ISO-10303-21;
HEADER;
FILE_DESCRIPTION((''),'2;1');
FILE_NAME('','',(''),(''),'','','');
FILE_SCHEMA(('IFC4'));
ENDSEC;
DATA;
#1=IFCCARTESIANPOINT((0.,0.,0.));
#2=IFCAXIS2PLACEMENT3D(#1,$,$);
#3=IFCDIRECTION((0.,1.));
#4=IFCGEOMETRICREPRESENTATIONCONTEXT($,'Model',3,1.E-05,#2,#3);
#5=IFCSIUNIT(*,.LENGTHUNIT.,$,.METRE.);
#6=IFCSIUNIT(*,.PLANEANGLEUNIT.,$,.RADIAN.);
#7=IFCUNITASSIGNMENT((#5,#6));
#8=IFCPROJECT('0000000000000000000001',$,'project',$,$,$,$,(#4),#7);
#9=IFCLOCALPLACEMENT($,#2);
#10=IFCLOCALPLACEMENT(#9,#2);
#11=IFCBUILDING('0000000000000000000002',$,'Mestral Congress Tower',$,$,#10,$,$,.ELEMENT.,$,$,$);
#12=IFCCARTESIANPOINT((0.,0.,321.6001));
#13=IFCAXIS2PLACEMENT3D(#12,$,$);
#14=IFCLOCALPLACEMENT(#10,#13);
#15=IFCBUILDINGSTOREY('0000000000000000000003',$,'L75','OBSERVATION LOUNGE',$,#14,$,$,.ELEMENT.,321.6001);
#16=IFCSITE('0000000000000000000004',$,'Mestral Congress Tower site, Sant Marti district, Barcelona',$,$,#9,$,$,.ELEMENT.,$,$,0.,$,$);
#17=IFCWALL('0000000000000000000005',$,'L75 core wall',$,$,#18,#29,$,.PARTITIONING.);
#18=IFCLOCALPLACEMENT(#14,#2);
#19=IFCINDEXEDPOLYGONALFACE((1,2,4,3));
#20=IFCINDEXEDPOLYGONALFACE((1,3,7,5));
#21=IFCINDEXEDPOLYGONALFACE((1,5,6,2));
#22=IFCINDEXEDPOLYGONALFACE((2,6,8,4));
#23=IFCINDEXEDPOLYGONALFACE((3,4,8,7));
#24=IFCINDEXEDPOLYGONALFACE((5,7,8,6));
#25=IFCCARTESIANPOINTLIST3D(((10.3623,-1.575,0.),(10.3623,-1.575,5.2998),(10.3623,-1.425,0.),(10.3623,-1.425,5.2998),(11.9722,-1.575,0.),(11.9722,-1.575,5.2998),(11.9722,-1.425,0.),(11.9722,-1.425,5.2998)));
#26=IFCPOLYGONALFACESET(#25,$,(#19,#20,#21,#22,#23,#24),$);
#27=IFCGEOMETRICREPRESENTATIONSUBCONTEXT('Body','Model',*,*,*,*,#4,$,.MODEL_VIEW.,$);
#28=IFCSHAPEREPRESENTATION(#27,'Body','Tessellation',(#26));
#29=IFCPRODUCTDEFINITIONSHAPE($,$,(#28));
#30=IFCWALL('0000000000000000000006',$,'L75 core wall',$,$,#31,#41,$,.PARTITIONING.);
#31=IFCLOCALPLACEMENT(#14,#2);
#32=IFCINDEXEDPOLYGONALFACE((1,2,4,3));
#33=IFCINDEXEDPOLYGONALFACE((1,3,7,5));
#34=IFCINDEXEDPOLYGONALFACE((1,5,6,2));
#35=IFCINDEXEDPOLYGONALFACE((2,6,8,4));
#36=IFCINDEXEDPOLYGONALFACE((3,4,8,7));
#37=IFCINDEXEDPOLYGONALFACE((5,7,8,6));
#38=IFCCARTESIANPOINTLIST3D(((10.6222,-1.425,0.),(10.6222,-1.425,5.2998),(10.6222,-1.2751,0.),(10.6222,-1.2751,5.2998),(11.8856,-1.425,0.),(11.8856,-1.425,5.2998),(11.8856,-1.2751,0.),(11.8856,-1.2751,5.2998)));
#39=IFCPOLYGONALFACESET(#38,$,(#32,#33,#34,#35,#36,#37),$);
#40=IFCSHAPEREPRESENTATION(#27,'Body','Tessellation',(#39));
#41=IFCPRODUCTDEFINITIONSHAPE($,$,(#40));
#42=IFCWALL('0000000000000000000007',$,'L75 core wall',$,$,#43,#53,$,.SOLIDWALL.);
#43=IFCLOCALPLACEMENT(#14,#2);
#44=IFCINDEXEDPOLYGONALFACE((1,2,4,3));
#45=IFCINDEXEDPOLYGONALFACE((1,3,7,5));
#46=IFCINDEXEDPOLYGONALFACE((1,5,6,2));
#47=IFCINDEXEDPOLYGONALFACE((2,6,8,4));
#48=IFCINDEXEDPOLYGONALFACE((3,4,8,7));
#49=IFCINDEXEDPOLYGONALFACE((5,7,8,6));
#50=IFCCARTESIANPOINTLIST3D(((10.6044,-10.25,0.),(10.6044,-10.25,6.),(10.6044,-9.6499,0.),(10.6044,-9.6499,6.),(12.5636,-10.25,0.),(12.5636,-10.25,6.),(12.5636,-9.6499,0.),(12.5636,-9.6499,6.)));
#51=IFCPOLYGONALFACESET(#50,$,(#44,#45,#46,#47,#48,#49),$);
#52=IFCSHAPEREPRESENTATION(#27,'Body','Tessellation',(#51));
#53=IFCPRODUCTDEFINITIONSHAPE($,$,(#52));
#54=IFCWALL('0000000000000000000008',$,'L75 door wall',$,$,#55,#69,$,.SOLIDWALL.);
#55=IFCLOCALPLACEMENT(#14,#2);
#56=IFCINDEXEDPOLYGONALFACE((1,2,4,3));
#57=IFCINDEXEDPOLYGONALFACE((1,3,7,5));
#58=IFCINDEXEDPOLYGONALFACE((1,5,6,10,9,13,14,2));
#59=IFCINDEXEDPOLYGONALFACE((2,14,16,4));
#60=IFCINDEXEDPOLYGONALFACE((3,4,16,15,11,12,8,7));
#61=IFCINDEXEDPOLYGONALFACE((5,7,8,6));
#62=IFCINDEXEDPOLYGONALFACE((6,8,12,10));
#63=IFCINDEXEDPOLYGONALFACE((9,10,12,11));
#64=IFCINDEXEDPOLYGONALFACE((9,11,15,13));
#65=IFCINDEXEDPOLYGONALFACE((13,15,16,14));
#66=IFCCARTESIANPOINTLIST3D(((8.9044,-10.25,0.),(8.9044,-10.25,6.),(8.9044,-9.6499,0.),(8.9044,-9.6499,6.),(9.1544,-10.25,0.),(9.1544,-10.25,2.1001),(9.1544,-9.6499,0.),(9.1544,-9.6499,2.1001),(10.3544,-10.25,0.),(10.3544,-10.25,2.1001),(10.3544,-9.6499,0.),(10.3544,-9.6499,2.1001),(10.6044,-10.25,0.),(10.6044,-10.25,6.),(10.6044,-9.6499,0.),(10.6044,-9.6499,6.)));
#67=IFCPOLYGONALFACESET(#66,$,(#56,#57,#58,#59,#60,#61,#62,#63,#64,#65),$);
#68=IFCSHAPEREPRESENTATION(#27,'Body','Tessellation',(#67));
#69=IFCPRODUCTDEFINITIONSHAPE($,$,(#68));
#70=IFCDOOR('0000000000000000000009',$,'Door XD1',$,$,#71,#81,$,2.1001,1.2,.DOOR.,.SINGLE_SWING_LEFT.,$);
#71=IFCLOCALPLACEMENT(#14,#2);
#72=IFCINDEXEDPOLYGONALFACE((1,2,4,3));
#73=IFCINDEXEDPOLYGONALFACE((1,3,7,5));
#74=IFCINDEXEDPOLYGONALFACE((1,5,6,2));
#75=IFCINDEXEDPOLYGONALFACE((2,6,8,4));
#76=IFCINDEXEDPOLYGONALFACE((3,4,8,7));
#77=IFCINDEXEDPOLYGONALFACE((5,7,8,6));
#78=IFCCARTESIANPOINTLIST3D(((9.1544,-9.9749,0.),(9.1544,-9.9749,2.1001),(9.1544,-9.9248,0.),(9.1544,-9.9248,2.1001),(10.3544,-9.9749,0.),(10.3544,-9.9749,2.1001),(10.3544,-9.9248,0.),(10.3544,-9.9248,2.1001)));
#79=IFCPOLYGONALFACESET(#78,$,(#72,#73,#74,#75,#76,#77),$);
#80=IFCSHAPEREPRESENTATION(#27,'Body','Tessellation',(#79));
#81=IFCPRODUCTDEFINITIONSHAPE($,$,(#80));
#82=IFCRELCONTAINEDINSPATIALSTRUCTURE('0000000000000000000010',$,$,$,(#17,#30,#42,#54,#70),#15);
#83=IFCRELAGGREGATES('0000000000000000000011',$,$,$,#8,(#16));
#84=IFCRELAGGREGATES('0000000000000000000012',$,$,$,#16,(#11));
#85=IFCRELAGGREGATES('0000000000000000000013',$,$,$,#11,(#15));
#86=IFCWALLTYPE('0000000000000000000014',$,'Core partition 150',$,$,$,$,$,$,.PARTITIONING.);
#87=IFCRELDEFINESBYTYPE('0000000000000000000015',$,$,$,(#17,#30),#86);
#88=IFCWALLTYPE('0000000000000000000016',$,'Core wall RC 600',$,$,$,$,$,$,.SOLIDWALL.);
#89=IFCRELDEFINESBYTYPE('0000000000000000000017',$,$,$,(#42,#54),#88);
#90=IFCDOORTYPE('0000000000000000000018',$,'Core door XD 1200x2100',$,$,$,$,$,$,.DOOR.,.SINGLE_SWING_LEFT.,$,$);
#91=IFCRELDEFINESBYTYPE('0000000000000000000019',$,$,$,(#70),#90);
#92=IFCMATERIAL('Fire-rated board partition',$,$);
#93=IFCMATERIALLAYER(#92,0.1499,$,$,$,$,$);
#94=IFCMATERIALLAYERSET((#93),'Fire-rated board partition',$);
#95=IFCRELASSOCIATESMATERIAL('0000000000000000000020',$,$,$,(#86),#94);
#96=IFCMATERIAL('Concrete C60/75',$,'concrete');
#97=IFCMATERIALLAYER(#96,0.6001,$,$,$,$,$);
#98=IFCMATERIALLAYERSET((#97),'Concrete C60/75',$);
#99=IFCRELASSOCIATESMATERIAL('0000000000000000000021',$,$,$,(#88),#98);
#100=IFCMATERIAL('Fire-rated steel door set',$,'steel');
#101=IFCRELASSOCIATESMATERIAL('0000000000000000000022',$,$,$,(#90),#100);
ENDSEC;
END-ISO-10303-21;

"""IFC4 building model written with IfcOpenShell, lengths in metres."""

from ifc_helpers import new_model, si_unit, direction, frame, frame_2d, origin, place, context, subcontext, project, spatial, rectangle, extrude, material, layer, layer_set, type_object, element, fill, save


model = new_model("IFC4")

# Units and contexts
model_context = context("Model", 3, precision=1e-05, world=origin(), true_north=direction((0.0, 1.0)))
body_context = subcontext(model_context, "Body", "Model", "MODEL_VIEW")
ifc_project = project(units=[si_unit("LENGTHUNIT", "METRE"), si_unit("PLANEANGLEUNIT", "RADIAN")], contexts=[model_context])

# Site, building, storey
site_placement = place(None, origin())
site = spatial("IfcSite", under=ifc_project, at=site_placement, Name="Mestral Congress Tower site, Sant Marti district, Barcelona", CompositionType="ELEMENT", RefElevation=0.0)
building_placement = place(site_placement, origin())
building = spatial("IfcBuilding", under=site, at=building_placement, Name="Mestral Congress Tower", CompositionType="ELEMENT")
storey_placement = place(building_placement, frame((0.0, 0.0, 321.6001)))
storey = spatial("IfcBuildingStorey", under=building, at=storey_placement, Name="L75", Description="OBSERVATION LOUNGE", CompositionType="ELEMENT", Elevation=321.6001)

# Walls
ifc_material_1 = material(Name="Fire-rated board partition")
ifc_layer_1 = layer(ifc_material_1, 0.1499)
ifc_layer_set_1 = layer_set([ifc_layer_1], Name="Fire-rated board partition")
wall_type_1 = type_object("IfcWallType", Name="Core partition 150", PredefinedType="PARTITIONING", material=ifc_layer_set_1)
wall_1_placement = place(storey_placement, frame((10.3623, -1.5, 0.0), z_axis=(0.0, 0.0, 1.0), x_axis=(1.0, 0.0, 0.0)))
element("IfcWall", 1, at=wall_1_placement, inside=storey, type_object=wall_type_1, Name="L75 core wall", PredefinedType="PARTITIONING", context=body_context, shape_type="SweptSolid", body=[
    extrude(rectangle(XDim=1.6099, YDim=0.1499, at=frame_2d((0.8049, 0.0))), origin(), (0.0, 0.0, 1.0), 5.2998),
])
wall_2_placement = place(storey_placement, frame((10.6221, -1.3501, 0.0), z_axis=(0.0, 0.0, 1.0), x_axis=(1.0, 0.0, 0.0)))
element("IfcWall", 2, at=wall_2_placement, inside=storey, type_object=wall_type_1, Name="L75 core wall", PredefinedType="PARTITIONING", context=body_context, shape_type="SweptSolid", body=[
    extrude(rectangle(XDim=1.2634, YDim=0.1499, at=frame_2d((0.6318, 0.0))), origin(), (0.0, 0.0, 1.0), 5.2998),
])
ifc_material_2 = material(Name="Concrete C60/75", Category="concrete")
ifc_layer_2 = layer(ifc_material_2, 0.6001)
ifc_layer_set_2 = layer_set([ifc_layer_2], Name="Concrete C60/75")
wall_type_2 = type_object("IfcWallType", Name="Core wall RC 600", PredefinedType="SOLIDWALL", material=ifc_layer_set_2)
wall_3_placement = place(storey_placement, frame((10.6045, -9.95, 0.0), z_axis=(0.0, 0.0, 1.0), x_axis=(1.0, 0.0, 0.0)))
element("IfcWall", 3, at=wall_3_placement, inside=storey, type_object=wall_type_2, Name="L75 core wall", PredefinedType="SOLIDWALL", context=body_context, shape_type="SweptSolid", body=[
    extrude(rectangle(XDim=1.9592, YDim=0.6001, at=frame_2d((0.9795, 0.0))), origin(), (0.0, 0.0, 1.0), 6.0),
])

# Wall, opening, door
wall_4_placement = place(storey_placement, frame((10.6045, -9.95, 0.0), z_axis=(0.0, 0.0, 1.0), x_axis=(-1.0, 0.0, 0.0)))
wall_4 = element("IfcWall", 4, at=wall_4_placement, inside=storey, type_object=wall_type_2, Name="L75 door wall", PredefinedType="SOLIDWALL", context=body_context, shape_type="SweptSolid", body=[
    extrude(rectangle(XDim=1.7, YDim=0.6001, at=frame_2d((0.8501, 0.0))), origin(), (0.0, 0.0, 1.0), 6.0),
])
opening_1_placement = place(wall_4_placement, frame((0.25, 0.0, 0.0)))
opening_1 = element("IfcOpeningElement", 5, at=opening_1_placement, cuts=wall_4, PredefinedType="OPENING", context=body_context, shape_type="SweptSolid", body=[
    extrude(rectangle(XDim=1.2, YDim=2.1001, at=frame_2d((0.6001, 1.05))), frame((0.0, 0.3101, 0.0), z_axis=(0.0, -1.0, 0.0), x_axis=(1.0, 0.0, 0.0)), (0.0, 0.0, 1.0), 0.6201),
])
ifc_material_3 = material(Name="Fire-rated steel door set", Category="steel")
door_type_1 = type_object("IfcDoorType", Name="Core door XD 1200x2100", OperationType="SINGLE_SWING_LEFT", PredefinedType="DOOR", material=ifc_material_3)
door_1_placement = place(opening_1_placement, origin())
door_1 = element("IfcDoor", 6, at=door_1_placement, inside=storey, type_object=door_type_1, Name="Door XD1", OperationType="SINGLE_SWING_LEFT", OverallHeight=2.1001, OverallWidth=1.2, PredefinedType="DOOR", context=body_context, shape_type="SweptSolid", body=[
    extrude(rectangle(XDim=1.2, YDim=2.1001, at=frame_2d((0.6001, 1.05))), frame((0.0, 0.0249, 0.0), z_axis=(0.0, -1.0, 0.0), x_axis=(1.0, 0.0, 0.0)), (0.0, 0.0, 1.0), 0.05),
])
fill(opening_1, door_1)

save(model, "model.ifc")
